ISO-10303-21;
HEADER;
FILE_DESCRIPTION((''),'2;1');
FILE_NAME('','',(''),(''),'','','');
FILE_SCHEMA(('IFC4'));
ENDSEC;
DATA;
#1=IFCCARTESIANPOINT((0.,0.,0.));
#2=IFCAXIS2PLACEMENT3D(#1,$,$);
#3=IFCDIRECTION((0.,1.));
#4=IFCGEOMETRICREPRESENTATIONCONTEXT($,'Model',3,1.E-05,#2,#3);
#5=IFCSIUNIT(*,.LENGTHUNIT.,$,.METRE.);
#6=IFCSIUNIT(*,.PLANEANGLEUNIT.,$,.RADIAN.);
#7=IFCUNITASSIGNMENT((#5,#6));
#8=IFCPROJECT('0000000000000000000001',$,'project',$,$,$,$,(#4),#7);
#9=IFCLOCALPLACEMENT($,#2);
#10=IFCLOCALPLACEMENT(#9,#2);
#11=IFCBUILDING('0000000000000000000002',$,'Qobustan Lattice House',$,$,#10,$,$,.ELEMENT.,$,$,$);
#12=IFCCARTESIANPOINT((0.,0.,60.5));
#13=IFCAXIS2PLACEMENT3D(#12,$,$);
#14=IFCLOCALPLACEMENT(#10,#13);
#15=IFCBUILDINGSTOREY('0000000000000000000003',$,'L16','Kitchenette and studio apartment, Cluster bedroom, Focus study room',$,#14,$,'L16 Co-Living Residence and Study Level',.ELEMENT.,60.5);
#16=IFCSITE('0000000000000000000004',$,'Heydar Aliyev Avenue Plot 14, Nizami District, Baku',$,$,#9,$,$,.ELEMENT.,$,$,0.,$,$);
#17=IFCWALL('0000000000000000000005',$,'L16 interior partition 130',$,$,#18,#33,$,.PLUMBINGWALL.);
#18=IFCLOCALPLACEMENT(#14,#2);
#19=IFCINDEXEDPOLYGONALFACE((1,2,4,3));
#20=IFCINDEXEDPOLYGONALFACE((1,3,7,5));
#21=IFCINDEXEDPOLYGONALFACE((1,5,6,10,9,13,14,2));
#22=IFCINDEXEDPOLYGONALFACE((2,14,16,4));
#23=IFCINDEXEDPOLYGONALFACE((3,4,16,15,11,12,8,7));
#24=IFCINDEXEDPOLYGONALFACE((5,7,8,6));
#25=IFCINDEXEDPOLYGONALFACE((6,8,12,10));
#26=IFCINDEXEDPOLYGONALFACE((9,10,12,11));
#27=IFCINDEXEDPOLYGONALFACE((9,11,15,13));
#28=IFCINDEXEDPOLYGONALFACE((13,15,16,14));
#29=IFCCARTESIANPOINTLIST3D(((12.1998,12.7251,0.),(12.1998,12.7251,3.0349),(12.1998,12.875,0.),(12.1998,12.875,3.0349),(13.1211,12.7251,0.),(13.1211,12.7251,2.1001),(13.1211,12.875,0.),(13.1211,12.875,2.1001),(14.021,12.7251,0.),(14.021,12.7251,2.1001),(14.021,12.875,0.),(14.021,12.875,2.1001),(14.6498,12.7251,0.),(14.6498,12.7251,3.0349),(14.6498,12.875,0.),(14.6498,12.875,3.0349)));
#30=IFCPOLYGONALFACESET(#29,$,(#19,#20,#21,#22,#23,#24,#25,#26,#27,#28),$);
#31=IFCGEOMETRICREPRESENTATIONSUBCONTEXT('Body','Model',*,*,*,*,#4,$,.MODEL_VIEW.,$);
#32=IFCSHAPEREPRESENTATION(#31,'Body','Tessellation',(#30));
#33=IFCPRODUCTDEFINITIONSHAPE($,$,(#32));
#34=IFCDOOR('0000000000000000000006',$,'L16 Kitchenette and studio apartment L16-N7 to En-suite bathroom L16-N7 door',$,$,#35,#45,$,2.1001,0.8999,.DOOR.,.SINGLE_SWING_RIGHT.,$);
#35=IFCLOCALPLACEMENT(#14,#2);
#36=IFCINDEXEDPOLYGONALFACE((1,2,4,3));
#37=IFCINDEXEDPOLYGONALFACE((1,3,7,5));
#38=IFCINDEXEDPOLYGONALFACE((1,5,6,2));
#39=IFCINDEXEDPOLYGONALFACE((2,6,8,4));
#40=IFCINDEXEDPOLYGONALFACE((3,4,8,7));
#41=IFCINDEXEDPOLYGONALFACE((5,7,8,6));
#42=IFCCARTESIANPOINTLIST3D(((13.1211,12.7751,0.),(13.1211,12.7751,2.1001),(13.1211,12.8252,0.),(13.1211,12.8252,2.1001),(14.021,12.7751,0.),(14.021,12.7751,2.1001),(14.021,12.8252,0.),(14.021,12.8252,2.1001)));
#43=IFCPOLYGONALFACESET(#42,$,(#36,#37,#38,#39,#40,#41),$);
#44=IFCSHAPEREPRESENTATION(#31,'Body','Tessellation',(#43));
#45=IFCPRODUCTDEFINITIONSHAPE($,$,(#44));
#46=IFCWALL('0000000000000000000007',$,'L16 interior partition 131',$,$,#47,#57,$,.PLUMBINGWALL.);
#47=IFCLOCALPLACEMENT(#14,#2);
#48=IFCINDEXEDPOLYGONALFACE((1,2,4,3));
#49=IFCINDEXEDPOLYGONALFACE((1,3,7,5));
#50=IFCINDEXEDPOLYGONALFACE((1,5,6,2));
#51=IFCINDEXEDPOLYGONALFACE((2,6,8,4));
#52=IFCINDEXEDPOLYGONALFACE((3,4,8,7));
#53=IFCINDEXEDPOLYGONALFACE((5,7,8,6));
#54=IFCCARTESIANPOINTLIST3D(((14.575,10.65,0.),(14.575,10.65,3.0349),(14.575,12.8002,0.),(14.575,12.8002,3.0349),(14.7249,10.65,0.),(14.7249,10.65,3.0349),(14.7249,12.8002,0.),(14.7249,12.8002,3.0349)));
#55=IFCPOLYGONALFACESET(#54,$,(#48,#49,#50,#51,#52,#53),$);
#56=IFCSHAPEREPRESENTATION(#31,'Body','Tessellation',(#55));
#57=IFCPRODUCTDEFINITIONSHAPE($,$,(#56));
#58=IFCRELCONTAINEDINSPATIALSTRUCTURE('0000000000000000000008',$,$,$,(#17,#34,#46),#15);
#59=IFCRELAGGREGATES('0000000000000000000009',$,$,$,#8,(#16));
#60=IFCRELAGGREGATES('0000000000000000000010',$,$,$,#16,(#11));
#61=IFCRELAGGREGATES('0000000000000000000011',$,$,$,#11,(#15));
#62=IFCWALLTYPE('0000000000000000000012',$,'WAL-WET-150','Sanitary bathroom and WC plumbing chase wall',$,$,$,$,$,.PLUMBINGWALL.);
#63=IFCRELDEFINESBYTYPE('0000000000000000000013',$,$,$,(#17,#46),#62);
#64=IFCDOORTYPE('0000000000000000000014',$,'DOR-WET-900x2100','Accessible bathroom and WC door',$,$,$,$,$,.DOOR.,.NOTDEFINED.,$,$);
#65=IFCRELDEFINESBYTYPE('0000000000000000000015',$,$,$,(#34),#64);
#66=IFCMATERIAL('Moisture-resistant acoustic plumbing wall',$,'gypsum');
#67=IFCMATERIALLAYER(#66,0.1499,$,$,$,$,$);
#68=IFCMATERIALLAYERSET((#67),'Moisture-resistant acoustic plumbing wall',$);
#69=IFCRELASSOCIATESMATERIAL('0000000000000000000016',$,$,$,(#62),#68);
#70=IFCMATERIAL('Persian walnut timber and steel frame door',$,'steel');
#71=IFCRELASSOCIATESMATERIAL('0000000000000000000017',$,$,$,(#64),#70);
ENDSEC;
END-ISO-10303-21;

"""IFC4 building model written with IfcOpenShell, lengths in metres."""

from ifc_helpers import new_model, si_unit, direction, frame, frame_2d, origin, place, context, subcontext, project, spatial, rectangle, extrude, material, layer, layer_set, type_object, element, fill, save


model = new_model("IFC4")

# Units and contexts
model_context = context("Model", 3, precision=1e-05, world=origin(), true_north=direction((0.0, 1.0)))
body_context = subcontext(model_context, "Body", "Model", "MODEL_VIEW")
ifc_project = project(units=[si_unit("LENGTHUNIT", "METRE"), si_unit("PLANEANGLEUNIT", "RADIAN")], contexts=[model_context])

# Site, building, storey
site_placement = place(None, origin())
site = spatial("IfcSite", under=ifc_project, at=site_placement, Name="Heydar Aliyev Avenue Plot 14, Nizami District, Baku", CompositionType="ELEMENT", RefElevation=0.0)
building_placement = place(site_placement, origin())
building = spatial("IfcBuilding", under=site, at=building_placement, Name="Qobustan Lattice House", CompositionType="ELEMENT")
storey_placement = place(building_placement, frame((0.0, 0.0, 60.5)))
storey = spatial("IfcBuildingStorey", under=building, at=storey_placement, Name="L16", Description="Kitchenette and studio apartment, Cluster bedroom, Focus study room", LongName="L16 Co-Living Residence and Study Level", CompositionType="ELEMENT", Elevation=60.5)

# Shared definitions
ifc_material_1 = material(Name="Moisture-resistant acoustic plumbing wall", Category="gypsum")
ifc_layer_1 = layer(ifc_material_1, 0.1499)
ifc_layer_set_1 = layer_set([ifc_layer_1], Name="Moisture-resistant acoustic plumbing wall")
wall_type_1 = type_object("IfcWallType", Name="WAL-WET-150", Description="Sanitary bathroom and WC plumbing chase wall", PredefinedType="PLUMBINGWALL", material=ifc_layer_set_1)

# Shared definitions
ifc_material_2 = material(Name="Persian walnut timber and steel frame door", Category="steel")
door_type_1 = type_object("IfcDoorType", Name="DOR-WET-900x2100", Description="Accessible bathroom and WC door", OperationType="NOTDEFINED", PredefinedType="DOOR", material=ifc_material_2)

# Wall, opening, door
wall_1_placement = place(storey_placement, frame((14.6499, 12.8, 0.0), z_axis=(0.0, 0.0, 1.0), x_axis=(-1.0, 0.0, 0.0)))
wall_1 = element("IfcWall", 1, at=wall_1_placement, inside=storey, type_object=wall_type_1, Name="L16 interior partition 130", PredefinedType="PLUMBINGWALL", context=body_context, shape_type="SweptSolid", body=[
    extrude(rectangle(XDim=2.45, YDim=0.1499, at=frame_2d((1.2251, 0.0))), origin(), (0.0, 0.0, 1.0), 3.0349),
])
opening_1_placement = place(wall_1_placement, frame((0.6289, 0.0, 0.0)))
opening_1 = element("IfcOpeningElement", 2, at=opening_1_placement, cuts=wall_1, PredefinedType="OPENING", context=body_context, shape_type="SweptSolid", body=[
    extrude(rectangle(XDim=0.8999, YDim=2.1001, at=frame_2d((0.45, 1.05))), frame((0.0, 0.085, 0.0), z_axis=(0.0, -1.0, 0.0), x_axis=(1.0, 0.0, 0.0)), (0.0, 0.0, 1.0), 0.1699),
])
door_1_placement = place(opening_1_placement, origin())
door_1 = element("IfcDoor", 3, at=door_1_placement, inside=storey, type_object=door_type_1, Name="L16 Kitchenette and studio apartment L16-N7 to En-suite bathroom L16-N7 door", OperationType="SINGLE_SWING_RIGHT", OverallHeight=2.1001, OverallWidth=0.8999, PredefinedType="DOOR", context=body_context, shape_type="SweptSolid", body=[
    extrude(rectangle(XDim=0.8999, YDim=2.1001, at=frame_2d((0.45, 1.05))), frame((0.0, 0.0249, 0.0), z_axis=(0.0, -1.0, 0.0), x_axis=(1.0, 0.0, 0.0)), (0.0, 0.0, 1.0), 0.05),
])
fill(opening_1, door_1)

# Wall
wall_2_placement = place(storey_placement, frame((14.6499, 10.6499, 0.0), z_axis=(0.0, 0.0, 1.0), x_axis=(0.0, 1.0, 0.0)))
element("IfcWall", 4, at=wall_2_placement, inside=storey, type_object=wall_type_1, Name="L16 interior partition 131", PredefinedType="PLUMBINGWALL", context=body_context, shape_type="SweptSolid", body=[
    extrude(rectangle(XDim=2.1501, YDim=0.1499, at=frame_2d((1.0752, 0.0))), origin(), (0.0, 0.0, 1.0), 3.0349),
])

save(model, "model.ifc")
